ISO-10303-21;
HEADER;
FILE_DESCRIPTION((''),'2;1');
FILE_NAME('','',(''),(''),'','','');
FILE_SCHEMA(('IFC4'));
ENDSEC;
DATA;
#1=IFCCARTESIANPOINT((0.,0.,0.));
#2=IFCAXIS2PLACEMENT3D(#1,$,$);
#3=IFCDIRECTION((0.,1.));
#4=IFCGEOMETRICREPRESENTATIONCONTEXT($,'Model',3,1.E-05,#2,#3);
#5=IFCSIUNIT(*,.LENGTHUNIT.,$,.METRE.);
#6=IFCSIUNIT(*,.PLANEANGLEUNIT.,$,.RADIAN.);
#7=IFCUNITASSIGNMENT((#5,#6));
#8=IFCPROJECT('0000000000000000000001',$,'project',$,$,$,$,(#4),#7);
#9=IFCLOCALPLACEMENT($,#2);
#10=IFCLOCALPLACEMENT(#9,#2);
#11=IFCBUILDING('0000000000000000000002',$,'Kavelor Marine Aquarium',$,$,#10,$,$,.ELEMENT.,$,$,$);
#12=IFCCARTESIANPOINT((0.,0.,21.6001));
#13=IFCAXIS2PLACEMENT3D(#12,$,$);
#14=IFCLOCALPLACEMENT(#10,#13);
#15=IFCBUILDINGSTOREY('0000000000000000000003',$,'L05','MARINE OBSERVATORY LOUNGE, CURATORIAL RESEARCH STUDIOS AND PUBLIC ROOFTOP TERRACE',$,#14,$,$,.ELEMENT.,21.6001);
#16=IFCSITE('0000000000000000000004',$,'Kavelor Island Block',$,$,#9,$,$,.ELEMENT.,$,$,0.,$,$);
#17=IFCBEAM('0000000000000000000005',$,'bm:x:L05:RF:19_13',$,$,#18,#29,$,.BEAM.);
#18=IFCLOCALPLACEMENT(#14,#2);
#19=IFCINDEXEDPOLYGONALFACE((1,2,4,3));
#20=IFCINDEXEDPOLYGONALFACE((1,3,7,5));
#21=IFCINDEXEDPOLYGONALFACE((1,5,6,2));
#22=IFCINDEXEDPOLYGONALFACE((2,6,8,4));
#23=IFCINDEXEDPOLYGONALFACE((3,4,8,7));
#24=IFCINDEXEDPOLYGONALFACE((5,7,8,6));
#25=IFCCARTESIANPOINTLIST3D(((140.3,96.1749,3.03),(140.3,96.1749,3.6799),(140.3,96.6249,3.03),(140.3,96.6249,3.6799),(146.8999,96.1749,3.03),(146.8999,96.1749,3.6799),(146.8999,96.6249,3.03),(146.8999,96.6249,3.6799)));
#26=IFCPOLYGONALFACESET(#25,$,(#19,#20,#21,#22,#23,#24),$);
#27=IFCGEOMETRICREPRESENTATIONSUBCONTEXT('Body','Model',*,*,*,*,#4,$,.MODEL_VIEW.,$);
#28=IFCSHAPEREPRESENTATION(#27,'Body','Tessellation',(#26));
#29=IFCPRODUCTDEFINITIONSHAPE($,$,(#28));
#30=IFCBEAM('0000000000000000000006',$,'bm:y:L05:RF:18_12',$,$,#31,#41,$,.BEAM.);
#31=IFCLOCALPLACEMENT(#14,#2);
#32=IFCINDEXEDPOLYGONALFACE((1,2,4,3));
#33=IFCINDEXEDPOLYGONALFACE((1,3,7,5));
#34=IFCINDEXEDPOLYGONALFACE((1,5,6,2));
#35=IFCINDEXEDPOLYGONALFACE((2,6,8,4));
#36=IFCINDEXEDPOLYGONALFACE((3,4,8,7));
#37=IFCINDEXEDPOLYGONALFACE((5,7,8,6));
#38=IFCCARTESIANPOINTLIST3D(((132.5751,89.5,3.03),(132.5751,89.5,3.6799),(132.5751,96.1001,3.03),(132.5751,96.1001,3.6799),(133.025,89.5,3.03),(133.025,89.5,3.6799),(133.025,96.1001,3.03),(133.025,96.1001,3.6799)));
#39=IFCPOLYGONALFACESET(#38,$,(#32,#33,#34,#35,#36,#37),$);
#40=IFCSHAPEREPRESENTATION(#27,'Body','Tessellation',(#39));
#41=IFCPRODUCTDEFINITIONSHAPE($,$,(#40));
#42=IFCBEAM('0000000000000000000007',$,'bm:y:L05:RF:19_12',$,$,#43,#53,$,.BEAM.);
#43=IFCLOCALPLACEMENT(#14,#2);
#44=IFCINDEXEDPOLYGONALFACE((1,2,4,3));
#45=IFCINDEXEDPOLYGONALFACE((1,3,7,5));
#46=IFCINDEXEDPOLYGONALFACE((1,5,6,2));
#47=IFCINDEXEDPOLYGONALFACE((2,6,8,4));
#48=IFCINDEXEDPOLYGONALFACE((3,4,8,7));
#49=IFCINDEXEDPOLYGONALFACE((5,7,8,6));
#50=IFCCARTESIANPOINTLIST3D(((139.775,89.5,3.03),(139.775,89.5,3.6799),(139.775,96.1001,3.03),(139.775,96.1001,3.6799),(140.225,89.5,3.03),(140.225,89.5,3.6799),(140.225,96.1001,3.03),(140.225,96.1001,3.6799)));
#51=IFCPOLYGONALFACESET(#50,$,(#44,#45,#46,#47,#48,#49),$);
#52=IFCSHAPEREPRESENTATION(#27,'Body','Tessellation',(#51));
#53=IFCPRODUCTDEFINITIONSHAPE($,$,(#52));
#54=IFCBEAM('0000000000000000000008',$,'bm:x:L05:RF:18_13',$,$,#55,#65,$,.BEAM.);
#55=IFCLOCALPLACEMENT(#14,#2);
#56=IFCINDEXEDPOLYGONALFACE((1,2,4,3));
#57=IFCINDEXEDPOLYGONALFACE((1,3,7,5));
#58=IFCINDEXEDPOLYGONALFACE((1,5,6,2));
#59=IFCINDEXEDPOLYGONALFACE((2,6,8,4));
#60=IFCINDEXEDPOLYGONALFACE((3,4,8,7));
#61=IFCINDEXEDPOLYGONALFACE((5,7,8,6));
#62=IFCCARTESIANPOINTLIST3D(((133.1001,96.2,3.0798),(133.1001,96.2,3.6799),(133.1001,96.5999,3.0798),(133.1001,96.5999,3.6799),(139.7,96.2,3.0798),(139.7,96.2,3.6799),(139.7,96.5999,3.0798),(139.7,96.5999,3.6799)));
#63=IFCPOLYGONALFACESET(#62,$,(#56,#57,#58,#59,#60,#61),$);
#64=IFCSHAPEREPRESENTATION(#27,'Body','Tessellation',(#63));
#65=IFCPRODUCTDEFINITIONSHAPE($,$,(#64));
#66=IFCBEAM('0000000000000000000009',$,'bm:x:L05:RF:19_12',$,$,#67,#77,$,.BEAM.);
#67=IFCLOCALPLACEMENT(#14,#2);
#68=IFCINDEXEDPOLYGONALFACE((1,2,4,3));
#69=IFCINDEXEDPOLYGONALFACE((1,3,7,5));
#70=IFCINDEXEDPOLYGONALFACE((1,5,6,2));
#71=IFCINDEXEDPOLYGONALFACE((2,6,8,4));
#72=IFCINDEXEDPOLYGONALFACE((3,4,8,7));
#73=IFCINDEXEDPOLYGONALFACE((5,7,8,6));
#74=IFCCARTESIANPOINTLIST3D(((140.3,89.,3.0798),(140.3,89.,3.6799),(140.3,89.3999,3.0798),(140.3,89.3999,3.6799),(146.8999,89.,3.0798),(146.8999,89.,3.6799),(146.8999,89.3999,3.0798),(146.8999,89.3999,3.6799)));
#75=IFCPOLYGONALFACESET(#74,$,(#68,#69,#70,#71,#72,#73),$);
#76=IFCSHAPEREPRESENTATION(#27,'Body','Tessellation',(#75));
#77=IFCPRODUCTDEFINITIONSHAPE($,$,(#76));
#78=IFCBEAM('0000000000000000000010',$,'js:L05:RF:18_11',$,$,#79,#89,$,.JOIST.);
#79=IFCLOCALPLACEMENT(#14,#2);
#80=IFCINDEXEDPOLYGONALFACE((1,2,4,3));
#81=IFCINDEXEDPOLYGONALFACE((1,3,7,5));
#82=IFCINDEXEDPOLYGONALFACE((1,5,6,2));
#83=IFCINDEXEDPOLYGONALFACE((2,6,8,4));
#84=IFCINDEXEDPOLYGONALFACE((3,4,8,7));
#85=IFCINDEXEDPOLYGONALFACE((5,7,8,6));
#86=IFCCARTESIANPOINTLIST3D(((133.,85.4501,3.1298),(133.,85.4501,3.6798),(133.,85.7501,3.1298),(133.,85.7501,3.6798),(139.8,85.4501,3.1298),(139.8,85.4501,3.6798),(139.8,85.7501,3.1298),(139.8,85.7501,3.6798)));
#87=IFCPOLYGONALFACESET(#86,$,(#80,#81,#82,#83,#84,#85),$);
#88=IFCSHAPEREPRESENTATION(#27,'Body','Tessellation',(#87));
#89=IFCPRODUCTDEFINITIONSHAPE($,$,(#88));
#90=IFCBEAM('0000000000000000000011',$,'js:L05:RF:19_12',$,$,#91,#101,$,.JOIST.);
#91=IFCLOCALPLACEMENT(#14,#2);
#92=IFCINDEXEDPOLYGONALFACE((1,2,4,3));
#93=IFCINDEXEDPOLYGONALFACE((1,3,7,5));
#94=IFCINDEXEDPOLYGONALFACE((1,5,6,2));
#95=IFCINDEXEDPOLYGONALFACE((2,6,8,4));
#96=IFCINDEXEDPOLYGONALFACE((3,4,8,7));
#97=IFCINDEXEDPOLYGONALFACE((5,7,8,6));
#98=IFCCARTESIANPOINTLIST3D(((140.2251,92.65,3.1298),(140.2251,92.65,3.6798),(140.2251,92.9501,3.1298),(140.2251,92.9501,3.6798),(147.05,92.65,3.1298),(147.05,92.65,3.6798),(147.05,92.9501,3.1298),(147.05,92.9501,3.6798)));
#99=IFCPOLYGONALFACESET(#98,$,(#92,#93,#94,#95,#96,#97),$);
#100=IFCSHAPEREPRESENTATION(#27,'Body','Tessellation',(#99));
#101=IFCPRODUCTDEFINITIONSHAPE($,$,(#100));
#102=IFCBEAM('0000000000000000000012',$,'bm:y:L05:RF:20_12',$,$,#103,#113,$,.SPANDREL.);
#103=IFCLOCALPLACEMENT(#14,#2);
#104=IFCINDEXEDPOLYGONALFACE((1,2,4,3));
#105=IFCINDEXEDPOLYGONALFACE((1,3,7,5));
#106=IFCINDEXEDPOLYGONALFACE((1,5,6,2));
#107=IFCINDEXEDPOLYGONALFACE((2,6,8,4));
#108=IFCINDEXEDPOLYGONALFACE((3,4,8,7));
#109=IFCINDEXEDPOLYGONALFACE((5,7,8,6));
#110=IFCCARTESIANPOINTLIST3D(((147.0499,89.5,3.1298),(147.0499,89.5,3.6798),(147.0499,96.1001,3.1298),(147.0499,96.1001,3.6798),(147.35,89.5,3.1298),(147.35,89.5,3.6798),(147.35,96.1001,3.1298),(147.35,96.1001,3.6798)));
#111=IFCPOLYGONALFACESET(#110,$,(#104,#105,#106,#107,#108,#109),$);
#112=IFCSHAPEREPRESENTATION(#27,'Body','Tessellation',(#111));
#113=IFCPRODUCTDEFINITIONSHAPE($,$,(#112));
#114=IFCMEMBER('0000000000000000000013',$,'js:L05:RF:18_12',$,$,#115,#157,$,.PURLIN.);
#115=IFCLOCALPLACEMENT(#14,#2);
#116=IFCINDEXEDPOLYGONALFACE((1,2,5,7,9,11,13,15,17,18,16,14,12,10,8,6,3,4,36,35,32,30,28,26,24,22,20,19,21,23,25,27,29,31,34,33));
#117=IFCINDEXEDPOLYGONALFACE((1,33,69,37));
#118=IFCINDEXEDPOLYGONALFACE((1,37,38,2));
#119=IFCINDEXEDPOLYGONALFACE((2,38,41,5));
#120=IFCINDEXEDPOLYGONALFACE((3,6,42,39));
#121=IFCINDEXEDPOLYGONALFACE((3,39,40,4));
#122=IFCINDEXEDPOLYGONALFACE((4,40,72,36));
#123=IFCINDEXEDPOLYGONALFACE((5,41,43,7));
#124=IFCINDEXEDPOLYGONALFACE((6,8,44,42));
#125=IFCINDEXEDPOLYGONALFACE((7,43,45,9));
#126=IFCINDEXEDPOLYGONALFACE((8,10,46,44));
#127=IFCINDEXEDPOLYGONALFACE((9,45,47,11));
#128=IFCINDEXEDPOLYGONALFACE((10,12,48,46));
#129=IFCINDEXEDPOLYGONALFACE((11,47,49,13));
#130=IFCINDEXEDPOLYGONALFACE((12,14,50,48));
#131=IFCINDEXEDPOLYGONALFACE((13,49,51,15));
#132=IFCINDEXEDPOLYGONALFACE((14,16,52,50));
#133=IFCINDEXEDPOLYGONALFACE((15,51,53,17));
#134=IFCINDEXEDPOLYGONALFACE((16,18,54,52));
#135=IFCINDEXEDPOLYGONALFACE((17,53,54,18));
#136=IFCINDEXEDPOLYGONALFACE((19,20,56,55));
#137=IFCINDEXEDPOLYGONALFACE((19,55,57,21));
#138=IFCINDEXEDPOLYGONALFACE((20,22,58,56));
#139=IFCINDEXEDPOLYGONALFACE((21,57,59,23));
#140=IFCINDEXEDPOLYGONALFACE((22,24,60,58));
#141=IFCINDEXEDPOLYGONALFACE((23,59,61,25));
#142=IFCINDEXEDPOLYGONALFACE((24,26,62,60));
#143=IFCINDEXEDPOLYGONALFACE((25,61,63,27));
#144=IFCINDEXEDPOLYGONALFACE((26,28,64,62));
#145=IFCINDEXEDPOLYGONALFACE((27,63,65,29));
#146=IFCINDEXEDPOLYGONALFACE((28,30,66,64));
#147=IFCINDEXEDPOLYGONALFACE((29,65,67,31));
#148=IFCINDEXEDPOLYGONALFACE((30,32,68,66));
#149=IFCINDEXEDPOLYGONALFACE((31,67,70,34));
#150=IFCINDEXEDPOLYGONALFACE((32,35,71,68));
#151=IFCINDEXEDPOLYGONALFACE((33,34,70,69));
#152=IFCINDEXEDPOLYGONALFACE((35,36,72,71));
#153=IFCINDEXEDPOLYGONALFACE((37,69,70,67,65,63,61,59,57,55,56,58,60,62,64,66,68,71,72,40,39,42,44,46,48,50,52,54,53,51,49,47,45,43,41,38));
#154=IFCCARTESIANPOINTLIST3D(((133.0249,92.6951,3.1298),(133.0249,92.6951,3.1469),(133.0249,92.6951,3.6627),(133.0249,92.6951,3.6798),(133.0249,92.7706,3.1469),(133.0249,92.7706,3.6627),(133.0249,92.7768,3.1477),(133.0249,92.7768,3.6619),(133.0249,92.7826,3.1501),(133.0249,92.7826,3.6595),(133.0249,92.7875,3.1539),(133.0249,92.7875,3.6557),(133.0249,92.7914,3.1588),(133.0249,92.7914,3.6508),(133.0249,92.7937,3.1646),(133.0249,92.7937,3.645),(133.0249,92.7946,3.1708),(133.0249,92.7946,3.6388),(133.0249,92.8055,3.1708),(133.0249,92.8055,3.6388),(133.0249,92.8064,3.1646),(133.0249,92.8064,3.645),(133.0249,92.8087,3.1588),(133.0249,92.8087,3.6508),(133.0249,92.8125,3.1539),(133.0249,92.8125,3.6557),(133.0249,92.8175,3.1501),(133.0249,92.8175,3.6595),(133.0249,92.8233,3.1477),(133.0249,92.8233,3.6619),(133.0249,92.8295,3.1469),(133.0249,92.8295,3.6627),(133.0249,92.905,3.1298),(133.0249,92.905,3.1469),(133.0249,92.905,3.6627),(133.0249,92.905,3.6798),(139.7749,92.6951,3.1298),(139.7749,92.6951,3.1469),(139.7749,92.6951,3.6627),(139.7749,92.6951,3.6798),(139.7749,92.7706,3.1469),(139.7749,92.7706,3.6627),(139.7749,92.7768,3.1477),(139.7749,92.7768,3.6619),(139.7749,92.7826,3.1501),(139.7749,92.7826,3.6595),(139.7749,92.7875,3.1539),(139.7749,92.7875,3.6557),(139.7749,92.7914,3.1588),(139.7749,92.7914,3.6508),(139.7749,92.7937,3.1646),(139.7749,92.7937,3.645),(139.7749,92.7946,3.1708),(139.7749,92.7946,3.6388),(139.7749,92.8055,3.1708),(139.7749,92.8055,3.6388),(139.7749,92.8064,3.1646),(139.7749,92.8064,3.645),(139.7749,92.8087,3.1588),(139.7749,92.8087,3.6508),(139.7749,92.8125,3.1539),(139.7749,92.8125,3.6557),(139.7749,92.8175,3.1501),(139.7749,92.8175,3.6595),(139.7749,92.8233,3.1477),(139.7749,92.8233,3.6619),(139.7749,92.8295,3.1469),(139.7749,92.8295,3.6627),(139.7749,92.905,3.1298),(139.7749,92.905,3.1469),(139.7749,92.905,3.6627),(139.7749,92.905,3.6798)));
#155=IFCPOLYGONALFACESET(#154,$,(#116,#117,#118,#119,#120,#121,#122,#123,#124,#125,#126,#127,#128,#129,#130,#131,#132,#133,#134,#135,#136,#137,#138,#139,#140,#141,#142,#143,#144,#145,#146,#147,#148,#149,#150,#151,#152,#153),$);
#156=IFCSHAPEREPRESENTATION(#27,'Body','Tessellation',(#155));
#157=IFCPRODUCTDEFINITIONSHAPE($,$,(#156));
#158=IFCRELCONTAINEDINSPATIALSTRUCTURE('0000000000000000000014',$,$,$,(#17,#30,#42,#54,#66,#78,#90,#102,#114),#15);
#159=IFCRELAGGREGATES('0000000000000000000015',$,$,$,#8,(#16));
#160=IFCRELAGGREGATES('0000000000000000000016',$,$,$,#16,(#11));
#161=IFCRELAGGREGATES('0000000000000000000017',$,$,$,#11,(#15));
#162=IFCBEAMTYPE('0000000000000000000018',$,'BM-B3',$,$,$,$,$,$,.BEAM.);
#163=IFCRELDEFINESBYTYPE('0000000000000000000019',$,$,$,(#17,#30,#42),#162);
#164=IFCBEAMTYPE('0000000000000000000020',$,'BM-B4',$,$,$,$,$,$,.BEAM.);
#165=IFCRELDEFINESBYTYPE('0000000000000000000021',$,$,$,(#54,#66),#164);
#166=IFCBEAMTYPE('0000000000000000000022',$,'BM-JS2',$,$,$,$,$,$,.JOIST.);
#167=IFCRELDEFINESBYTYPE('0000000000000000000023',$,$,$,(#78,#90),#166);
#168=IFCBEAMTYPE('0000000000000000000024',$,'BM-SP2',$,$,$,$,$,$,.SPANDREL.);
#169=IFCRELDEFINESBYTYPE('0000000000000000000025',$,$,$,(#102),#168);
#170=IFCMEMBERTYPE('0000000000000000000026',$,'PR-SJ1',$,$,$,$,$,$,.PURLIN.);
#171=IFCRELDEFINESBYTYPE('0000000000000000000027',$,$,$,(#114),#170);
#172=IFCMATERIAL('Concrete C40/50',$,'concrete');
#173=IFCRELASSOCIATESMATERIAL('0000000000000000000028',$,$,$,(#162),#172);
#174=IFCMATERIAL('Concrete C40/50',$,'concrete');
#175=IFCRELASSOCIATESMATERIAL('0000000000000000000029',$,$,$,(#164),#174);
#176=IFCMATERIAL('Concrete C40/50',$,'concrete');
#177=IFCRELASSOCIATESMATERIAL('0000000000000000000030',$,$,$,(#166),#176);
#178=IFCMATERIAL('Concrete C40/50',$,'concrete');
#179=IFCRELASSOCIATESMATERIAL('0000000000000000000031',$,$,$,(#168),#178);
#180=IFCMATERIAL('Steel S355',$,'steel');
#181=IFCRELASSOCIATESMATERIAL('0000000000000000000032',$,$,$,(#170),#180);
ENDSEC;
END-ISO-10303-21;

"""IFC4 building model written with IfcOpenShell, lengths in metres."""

from ifc_helpers import new_model, si_unit, direction, frame, origin, origin_2d, place, context, subcontext, project, spatial, rectangle, i_section, extrude, material, material_profile, profile_set, type_object, element, save


model = new_model("IFC4")

# Units and contexts
model_context = context("Model", 3, precision=1e-05, world=origin(), true_north=direction((0.0, 1.0)))
body_context = subcontext(model_context, "Body", "Model", "MODEL_VIEW")
ifc_project = project(units=[si_unit("LENGTHUNIT", "METRE"), si_unit("PLANEANGLEUNIT", "RADIAN")], contexts=[model_context])

# Site, building, storey
site_placement = place(None, origin())
site = spatial("IfcSite", under=ifc_project, at=site_placement, Name="Kavelor Island Block", CompositionType="ELEMENT", RefElevation=0.0)
building_placement = place(site_placement, origin())
building = spatial("IfcBuilding", under=site, at=building_placement, Name="Kavelor Marine Aquarium", CompositionType="ELEMENT")
storey_placement = place(building_placement, frame((0.0, 0.0, 21.6001)))
storey = spatial("IfcBuildingStorey", under=building, at=storey_placement, Name="L05", Description="MARINE OBSERVATORY LOUNGE, CURATORIAL RESEARCH STUDIOS AND PUBLIC ROOFTOP TERRACE", CompositionType="ELEMENT", Elevation=21.6001)

# Beams
ifc_material_1 = material(Name="Concrete C40/50", Category="concrete")
ifc_material_profile_1 = material_profile(ifc_material_1, rectangle(XDim=0.45, YDim=0.6499, at=origin_2d()), Name="RC-BM 450x650")
ifc_profile_set_1 = profile_set([ifc_material_profile_1], Name="Concrete C40/50")
beam_type_1 = type_object("IfcBeamType", Name="BM-B3", PredefinedType="BEAM", material=ifc_profile_set_1)
for number, where, z_axis, x_axis, name in (
    (1, (140.3, 96.3999, 3.355), (1.0, 0.0, 0.0), (0.0, 1.0, 0.0), "bm:x:L05:RF:19_13"),
):
    element("IfcBeam", number, at=place(storey_placement, frame(where, z_axis=z_axis, x_axis=x_axis)), inside=storey, type_object=beam_type_1, Name=name, PredefinedType="BEAM", context=body_context, shape_type="SweptSolid", body=[
        extrude(rectangle(XDim=0.45, YDim=0.6499, at=origin_2d()), origin(), (0.0, 0.0, 1.0), 6.5999),
    ])
for number, where, z_axis, x_axis, name in (
    (2, (132.8, 89.5, 3.355), (0.0, 1.0, 0.0), (-1.0, 0.0, 0.0), "bm:y:L05:RF:18_12"),
    (3, (140.0, 89.5, 3.355), (0.0, 1.0, 0.0), (-1.0, 0.0, 0.0), "bm:y:L05:RF:19_12"),
):
    element("IfcBeam", number, at=place(storey_placement, frame(where, z_axis=z_axis, x_axis=x_axis)), inside=storey, type_object=beam_type_1, Name=name, PredefinedType="BEAM", context=body_context, shape_type="SweptSolid", body=[
        extrude(rectangle(XDim=0.45, YDim=0.6499, at=origin_2d()), origin(), (0.0, 0.0, 1.0), 6.6001),
    ])
ifc_material_2 = material(Name="Concrete C40/50", Category="concrete")
ifc_material_profile_2 = material_profile(ifc_material_2, rectangle(XDim=0.3999, YDim=0.6001, at=origin_2d()), Name="RC-BM 400x600")
ifc_profile_set_2 = profile_set([ifc_material_profile_2], Name="Concrete C40/50")
beam_type_2 = type_object("IfcBeamType", Name="BM-B4", PredefinedType="BEAM", material=ifc_profile_set_2)
for number, where, z_axis, x_axis, name in (
    (4, (133.1001, 96.3999, 3.3799), (1.0, 0.0, 0.0), (0.0, 1.0, 0.0), "bm:x:L05:RF:18_13"),
    (5, (140.3, 89.2, 3.3799), (1.0, 0.0, 0.0), (0.0, 1.0, 0.0), "bm:x:L05:RF:19_12"),
):
    element("IfcBeam", number, at=place(storey_placement, frame(where, z_axis=z_axis, x_axis=x_axis)), inside=storey, type_object=beam_type_2, Name=name, PredefinedType="BEAM", context=body_context, shape_type="SweptSolid", body=[
        extrude(rectangle(XDim=0.3999, YDim=0.6001, at=origin_2d()), origin(), (0.0, 0.0, 1.0), 6.5999),
    ])
ifc_material_3 = material(Name="Concrete C40/50", Category="concrete")
ifc_material_profile_3 = material_profile(ifc_material_3, rectangle(XDim=0.3, YDim=0.55, at=origin_2d()), Name="RC-JS 300x550")
ifc_profile_set_3 = profile_set([ifc_material_profile_3], Name="Concrete C40/50")
beam_type_3 = type_object("IfcBeamType", Name="BM-JS2", PredefinedType="JOIST", material=ifc_profile_set_3)
beam_1_placement = place(storey_placement, frame((133.0, 85.6001, 3.4048), z_axis=(1.0, 0.0, 0.0), x_axis=(0.0, 1.0, 0.0)))
element("IfcBeam", 6, at=beam_1_placement, inside=storey, type_object=beam_type_3, Name="js:L05:RF:18_11", PredefinedType="JOIST", context=body_context, shape_type="SweptSolid", body=[
    extrude(rectangle(XDim=0.3, YDim=0.55, at=origin_2d()), origin(), (0.0, 0.0, 1.0), 6.8),
])
beam_2_placement = place(storey_placement, frame((140.2251, 92.8, 3.4048), z_axis=(1.0, 0.0, 0.0), x_axis=(0.0, 1.0, 0.0)))
element("IfcBeam", 7, at=beam_2_placement, inside=storey, type_object=beam_type_3, Name="js:L05:RF:19_12", PredefinedType="JOIST", context=body_context, shape_type="SweptSolid", body=[
    extrude(rectangle(XDim=0.3, YDim=0.55, at=origin_2d()), origin(), (0.0, 0.0, 1.0), 6.825),
])
ifc_material_4 = material(Name="Concrete C40/50", Category="concrete")
ifc_material_profile_4 = material_profile(ifc_material_4, rectangle(XDim=0.3, YDim=0.55, at=origin_2d()), Name="RC-SP 300x550")
ifc_profile_set_4 = profile_set([ifc_material_profile_4], Name="Concrete C40/50")
beam_type_4 = type_object("IfcBeamType", Name="BM-SP2", PredefinedType="SPANDREL", material=ifc_profile_set_4)
beam_3_placement = place(storey_placement, frame((147.2, 89.5, 3.4048), z_axis=(0.0, 1.0, 0.0), x_axis=(-1.0, 0.0, 0.0)))
element("IfcBeam", 8, at=beam_3_placement, inside=storey, type_object=beam_type_4, Name="bm:y:L05:RF:20_12", PredefinedType="SPANDREL", context=body_context, shape_type="SweptSolid", body=[
    extrude(rectangle(XDim=0.3, YDim=0.55, at=origin_2d()), origin(), (0.0, 0.0, 1.0), 6.6001),
])

# Member
ifc_material_5 = material(Name="Steel S355", Category="steel")
ifc_material_profile_5 = material_profile(ifc_material_5, i_section(OverallWidth=0.21, OverallDepth=0.55, WebThickness=0.011, FlangeThickness=0.0171, FilletRadius=0.0239, at=origin_2d()), Name="IPE 550")
ifc_profile_set_5 = profile_set([ifc_material_profile_5], Name="Steel S355")
member_type = type_object("IfcMemberType", Name="PR-SJ1", PredefinedType="PURLIN", material=ifc_profile_set_5)
member_1_placement = place(storey_placement, frame((133.0249, 92.8, 3.4048), z_axis=(1.0, 0.0, 0.0), x_axis=(0.0, 1.0, 0.0)))
element("IfcMember", 9, at=member_1_placement, inside=storey, type_object=member_type, Name="js:L05:RF:18_12", PredefinedType="PURLIN", context=body_context, shape_type="SweptSolid", body=[
    extrude(i_section(OverallWidth=0.21, OverallDepth=0.55, WebThickness=0.011, FlangeThickness=0.0171, FilletRadius=0.0239, at=origin_2d()), origin(), (0.0, 0.0, 1.0), 6.75),
])

save(model, "model.ifc")
